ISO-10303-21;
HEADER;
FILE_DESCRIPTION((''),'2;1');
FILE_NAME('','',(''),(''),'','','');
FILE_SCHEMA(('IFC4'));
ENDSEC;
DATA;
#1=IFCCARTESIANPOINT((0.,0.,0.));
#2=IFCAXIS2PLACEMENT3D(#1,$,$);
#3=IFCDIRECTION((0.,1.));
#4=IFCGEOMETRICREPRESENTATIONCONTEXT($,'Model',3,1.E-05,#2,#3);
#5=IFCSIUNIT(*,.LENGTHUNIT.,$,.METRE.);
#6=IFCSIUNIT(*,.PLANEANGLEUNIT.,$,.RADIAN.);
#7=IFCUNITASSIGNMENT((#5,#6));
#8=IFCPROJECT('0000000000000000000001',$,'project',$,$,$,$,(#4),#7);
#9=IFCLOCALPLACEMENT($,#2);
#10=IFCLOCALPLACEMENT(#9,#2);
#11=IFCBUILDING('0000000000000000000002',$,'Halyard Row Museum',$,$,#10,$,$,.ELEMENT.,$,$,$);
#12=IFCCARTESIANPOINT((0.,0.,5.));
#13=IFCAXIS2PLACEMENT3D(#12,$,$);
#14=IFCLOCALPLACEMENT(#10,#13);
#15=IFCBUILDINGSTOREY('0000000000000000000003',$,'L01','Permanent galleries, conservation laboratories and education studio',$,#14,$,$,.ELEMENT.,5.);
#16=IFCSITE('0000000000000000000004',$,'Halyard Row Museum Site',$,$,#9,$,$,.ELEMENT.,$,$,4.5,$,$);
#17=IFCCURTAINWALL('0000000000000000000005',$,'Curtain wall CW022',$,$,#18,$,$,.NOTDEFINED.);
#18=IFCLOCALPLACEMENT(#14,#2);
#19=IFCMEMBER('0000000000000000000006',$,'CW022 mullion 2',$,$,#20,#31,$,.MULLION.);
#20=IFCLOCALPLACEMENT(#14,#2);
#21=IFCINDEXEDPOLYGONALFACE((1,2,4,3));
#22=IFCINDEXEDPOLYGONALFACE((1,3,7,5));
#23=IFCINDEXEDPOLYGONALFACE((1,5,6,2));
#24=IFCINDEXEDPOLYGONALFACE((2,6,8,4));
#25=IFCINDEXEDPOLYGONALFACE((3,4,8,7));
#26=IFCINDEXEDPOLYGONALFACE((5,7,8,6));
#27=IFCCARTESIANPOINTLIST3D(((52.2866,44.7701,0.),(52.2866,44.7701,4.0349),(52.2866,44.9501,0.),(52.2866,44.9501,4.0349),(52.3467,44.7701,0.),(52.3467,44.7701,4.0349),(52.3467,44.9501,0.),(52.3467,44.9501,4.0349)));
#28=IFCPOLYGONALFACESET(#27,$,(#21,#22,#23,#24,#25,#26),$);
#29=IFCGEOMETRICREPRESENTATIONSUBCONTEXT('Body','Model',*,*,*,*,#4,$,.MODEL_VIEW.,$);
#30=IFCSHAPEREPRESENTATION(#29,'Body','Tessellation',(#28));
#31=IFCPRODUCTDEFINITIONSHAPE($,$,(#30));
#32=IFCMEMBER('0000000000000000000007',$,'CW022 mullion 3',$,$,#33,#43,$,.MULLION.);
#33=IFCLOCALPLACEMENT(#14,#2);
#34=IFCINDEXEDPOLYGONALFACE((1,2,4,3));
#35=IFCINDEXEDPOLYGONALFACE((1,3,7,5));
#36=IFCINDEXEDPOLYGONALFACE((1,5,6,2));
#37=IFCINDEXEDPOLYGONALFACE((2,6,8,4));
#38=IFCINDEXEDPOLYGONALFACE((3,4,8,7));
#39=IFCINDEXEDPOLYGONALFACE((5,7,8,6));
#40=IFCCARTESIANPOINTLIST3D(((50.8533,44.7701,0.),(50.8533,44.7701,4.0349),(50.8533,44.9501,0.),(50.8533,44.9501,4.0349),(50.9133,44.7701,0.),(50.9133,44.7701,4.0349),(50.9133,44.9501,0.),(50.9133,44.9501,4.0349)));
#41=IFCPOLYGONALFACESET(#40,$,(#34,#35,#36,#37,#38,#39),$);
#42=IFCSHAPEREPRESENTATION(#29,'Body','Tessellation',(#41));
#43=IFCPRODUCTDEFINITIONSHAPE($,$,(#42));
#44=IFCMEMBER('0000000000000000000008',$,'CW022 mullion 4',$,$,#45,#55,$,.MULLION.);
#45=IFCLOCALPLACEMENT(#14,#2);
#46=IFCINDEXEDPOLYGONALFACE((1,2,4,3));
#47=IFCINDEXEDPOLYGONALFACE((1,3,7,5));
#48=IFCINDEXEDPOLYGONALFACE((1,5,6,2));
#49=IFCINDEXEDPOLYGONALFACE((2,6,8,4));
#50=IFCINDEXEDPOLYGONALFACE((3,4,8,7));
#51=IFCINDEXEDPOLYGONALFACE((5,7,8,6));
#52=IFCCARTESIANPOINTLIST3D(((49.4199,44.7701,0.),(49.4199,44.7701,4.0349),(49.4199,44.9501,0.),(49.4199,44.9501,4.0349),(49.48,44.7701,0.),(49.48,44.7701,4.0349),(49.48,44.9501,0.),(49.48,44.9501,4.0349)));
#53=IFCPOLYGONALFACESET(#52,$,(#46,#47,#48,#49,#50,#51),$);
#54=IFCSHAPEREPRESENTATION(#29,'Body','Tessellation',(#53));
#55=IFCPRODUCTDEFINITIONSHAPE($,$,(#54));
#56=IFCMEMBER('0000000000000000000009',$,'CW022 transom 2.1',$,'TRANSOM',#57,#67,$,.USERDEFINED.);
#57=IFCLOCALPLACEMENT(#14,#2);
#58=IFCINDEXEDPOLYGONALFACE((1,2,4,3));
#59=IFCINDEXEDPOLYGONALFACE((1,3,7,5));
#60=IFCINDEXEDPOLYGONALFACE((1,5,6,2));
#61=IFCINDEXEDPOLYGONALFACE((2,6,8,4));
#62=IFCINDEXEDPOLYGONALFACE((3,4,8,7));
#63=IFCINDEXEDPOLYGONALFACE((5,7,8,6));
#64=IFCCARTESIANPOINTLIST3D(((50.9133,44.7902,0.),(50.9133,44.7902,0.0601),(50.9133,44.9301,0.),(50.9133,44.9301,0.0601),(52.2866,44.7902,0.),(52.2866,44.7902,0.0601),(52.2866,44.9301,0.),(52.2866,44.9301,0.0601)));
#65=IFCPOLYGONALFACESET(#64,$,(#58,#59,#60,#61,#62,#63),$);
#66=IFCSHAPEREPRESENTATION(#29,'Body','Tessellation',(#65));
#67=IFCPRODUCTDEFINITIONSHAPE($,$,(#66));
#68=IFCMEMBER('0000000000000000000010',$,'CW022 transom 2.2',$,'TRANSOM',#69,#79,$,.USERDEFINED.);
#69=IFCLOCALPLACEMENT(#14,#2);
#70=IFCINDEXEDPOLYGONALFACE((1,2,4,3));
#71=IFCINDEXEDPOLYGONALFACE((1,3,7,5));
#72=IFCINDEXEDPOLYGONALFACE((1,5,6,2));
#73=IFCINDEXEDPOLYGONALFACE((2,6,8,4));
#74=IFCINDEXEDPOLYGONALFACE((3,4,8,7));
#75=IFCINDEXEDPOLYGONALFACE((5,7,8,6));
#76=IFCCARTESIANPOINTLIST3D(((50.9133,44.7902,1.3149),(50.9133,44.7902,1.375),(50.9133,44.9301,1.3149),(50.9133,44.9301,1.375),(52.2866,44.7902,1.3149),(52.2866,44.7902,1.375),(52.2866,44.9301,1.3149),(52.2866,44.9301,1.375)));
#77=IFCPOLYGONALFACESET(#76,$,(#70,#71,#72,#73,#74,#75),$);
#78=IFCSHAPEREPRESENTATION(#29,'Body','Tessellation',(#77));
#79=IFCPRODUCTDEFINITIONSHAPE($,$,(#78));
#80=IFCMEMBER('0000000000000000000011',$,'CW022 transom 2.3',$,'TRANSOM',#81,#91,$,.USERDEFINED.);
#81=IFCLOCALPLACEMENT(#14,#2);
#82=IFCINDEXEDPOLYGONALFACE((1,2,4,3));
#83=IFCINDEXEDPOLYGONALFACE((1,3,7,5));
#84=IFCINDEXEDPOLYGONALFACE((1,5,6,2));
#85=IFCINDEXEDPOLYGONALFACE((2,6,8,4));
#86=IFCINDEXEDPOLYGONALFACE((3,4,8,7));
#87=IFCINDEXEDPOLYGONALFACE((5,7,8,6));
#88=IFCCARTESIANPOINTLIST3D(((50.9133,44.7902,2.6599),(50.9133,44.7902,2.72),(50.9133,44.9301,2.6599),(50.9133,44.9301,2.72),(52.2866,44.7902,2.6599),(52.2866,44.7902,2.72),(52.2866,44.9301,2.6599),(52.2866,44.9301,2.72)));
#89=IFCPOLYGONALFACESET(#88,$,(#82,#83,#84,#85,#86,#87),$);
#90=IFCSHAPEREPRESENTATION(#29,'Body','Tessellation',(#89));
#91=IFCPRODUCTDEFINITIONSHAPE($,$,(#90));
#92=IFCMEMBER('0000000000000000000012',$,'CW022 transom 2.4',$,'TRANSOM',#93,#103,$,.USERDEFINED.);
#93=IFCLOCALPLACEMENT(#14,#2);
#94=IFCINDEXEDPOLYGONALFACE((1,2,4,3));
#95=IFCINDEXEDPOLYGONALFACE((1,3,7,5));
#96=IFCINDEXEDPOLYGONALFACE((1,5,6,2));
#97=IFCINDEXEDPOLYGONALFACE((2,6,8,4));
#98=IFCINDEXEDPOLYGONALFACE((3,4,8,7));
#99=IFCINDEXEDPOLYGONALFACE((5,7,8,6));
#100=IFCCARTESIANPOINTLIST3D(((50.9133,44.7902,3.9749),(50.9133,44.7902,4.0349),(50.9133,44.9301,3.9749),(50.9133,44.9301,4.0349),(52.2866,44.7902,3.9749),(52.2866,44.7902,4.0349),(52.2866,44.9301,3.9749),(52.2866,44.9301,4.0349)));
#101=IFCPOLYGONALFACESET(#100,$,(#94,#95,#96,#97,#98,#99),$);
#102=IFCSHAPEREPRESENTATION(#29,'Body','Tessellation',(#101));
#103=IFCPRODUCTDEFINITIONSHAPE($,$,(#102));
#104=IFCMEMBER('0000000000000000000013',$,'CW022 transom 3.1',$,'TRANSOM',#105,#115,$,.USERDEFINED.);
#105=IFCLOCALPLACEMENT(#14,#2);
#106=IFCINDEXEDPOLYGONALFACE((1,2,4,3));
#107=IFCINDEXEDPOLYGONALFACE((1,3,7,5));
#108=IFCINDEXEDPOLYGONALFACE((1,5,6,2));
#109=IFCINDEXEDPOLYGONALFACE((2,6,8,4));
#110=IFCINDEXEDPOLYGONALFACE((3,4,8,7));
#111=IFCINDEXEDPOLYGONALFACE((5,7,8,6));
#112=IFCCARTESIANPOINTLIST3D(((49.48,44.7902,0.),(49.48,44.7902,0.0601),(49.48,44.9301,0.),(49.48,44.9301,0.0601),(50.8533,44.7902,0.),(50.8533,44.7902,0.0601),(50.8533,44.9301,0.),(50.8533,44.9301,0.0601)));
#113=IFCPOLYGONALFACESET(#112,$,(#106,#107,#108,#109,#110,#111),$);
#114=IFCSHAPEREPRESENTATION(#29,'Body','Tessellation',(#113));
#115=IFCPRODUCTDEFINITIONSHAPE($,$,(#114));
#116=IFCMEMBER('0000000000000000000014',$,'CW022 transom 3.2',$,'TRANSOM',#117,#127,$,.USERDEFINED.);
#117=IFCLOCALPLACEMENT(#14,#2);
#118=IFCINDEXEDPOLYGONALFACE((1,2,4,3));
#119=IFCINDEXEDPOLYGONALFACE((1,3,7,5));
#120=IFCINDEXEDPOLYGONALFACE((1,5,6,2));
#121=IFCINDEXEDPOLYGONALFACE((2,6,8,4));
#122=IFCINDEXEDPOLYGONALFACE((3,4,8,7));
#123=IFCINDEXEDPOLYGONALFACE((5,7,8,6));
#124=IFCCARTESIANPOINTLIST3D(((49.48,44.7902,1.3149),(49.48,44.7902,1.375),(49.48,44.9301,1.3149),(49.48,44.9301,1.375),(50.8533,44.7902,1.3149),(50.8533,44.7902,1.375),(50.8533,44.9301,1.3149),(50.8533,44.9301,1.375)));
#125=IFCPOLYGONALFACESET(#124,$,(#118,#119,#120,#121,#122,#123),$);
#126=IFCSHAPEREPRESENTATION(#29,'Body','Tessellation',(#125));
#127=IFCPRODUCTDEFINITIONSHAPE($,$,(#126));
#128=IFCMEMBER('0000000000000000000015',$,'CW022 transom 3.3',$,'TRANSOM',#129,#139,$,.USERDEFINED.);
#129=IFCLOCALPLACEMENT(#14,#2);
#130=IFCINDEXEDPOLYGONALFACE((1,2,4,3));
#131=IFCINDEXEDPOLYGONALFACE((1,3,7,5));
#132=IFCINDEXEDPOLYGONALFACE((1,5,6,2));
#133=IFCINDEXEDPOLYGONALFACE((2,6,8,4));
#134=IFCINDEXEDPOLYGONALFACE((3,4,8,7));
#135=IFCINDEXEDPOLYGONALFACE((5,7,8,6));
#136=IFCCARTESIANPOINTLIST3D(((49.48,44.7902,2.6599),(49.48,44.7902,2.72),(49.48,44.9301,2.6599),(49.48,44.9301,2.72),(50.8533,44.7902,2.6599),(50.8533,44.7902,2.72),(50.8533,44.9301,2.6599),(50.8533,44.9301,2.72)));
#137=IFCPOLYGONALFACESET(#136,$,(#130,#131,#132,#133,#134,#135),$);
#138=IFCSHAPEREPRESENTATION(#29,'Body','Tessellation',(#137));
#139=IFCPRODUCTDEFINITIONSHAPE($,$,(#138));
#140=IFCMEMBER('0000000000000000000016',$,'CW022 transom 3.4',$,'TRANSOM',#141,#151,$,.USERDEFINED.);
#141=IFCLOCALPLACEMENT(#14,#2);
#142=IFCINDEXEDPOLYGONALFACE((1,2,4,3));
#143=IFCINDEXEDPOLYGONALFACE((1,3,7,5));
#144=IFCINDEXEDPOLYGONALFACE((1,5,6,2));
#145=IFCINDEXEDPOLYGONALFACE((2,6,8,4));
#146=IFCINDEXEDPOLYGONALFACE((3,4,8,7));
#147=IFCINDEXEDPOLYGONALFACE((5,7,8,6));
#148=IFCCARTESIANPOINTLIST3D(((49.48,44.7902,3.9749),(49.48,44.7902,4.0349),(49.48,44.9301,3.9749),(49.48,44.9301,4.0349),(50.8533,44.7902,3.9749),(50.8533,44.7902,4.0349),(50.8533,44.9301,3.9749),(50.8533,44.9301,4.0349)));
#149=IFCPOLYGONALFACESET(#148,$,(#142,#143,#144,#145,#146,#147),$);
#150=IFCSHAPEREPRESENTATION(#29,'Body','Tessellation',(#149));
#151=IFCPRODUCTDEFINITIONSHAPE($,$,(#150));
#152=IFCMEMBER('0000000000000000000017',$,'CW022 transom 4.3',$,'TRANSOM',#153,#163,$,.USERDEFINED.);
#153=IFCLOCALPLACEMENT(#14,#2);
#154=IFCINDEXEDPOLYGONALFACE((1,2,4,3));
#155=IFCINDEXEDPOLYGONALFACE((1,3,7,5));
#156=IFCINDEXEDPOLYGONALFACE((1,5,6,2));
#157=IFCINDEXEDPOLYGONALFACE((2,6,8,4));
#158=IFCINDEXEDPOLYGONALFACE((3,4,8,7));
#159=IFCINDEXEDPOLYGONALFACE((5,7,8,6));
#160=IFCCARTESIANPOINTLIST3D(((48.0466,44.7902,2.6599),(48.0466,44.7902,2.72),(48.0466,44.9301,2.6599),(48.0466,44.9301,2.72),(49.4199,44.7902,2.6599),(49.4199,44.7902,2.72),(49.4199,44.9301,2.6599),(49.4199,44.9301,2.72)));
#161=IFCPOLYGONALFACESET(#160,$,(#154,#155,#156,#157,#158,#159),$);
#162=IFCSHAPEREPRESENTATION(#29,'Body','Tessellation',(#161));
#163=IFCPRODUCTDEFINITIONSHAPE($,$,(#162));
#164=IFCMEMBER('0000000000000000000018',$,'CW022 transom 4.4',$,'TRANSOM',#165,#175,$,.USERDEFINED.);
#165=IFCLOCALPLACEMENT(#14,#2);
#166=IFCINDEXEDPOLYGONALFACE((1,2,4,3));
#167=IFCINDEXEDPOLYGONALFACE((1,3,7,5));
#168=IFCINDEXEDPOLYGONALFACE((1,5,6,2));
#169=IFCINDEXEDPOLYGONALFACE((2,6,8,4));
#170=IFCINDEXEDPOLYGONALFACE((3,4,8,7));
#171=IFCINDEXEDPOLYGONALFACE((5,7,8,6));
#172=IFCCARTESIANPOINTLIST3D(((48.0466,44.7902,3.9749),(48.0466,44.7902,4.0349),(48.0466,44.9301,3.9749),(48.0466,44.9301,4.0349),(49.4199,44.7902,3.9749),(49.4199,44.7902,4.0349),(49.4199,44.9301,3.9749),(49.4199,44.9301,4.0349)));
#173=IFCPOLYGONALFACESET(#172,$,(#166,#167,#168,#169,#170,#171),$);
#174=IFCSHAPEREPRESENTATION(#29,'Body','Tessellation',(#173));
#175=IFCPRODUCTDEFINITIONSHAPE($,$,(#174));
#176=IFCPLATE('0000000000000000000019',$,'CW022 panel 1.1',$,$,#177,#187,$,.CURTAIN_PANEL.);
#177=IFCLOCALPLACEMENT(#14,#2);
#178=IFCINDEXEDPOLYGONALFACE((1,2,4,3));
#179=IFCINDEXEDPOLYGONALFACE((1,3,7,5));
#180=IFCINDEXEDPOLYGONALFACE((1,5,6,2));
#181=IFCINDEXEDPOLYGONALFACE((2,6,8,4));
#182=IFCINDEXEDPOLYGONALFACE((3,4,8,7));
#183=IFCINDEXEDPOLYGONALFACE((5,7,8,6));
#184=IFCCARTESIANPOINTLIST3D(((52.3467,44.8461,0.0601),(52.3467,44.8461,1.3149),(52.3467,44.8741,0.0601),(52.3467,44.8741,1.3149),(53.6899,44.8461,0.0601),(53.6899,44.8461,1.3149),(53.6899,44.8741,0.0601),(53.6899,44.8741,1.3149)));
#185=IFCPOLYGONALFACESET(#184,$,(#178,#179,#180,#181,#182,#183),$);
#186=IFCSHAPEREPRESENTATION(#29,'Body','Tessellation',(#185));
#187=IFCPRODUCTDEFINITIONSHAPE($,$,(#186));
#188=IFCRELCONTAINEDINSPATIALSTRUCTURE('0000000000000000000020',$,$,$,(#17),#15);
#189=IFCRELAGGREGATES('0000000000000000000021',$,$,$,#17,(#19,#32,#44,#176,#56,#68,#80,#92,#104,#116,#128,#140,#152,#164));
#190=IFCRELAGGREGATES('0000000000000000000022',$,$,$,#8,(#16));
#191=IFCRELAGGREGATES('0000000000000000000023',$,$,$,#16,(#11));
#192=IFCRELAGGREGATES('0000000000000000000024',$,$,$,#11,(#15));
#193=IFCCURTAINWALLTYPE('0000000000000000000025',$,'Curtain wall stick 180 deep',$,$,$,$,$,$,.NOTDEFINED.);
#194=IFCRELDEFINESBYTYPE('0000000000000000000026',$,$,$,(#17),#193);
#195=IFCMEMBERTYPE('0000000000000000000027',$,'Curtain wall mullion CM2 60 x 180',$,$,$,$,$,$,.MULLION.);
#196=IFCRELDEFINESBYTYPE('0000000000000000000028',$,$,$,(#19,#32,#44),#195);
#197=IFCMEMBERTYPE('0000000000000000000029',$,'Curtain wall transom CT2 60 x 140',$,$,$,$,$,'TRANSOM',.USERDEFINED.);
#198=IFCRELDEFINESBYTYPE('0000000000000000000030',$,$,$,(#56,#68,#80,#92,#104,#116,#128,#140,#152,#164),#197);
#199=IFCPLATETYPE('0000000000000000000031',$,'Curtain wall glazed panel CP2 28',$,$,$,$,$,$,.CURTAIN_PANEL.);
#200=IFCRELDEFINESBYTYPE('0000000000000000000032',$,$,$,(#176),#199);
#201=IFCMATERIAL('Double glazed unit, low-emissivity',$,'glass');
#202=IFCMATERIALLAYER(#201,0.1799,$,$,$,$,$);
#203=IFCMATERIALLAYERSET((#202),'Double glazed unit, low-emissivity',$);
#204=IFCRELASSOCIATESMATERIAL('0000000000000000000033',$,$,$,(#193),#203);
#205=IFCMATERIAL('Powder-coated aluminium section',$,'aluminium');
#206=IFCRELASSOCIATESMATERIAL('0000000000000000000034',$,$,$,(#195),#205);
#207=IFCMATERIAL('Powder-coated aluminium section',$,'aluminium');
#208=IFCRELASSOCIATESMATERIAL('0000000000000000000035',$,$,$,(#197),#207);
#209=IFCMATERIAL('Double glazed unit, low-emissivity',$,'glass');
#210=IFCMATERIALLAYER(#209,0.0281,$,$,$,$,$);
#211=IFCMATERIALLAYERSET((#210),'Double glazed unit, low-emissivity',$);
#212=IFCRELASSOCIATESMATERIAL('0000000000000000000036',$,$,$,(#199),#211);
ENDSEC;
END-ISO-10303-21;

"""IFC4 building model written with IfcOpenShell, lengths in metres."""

from ifc_helpers import new_model, si_unit, direction, frame, origin, origin_2d, place, context, subcontext, project, spatial, rectangle, extrude, material, layer, layer_set, material_profile, profile_set, type_object, element, aggregate, save


model = new_model("IFC4")

# Units and contexts
model_context = context("Model", 3, precision=1e-05, world=origin(), true_north=direction((0.0, 1.0)))
body_context = subcontext(model_context, "Body", "Model", "MODEL_VIEW")
ifc_project = project(units=[si_unit("LENGTHUNIT", "METRE"), si_unit("PLANEANGLEUNIT", "RADIAN")], contexts=[model_context])

# Site, building, storey
site_placement = place(None, origin())
site = spatial("IfcSite", under=ifc_project, at=site_placement, Name="Halyard Row Museum Site", CompositionType="ELEMENT", RefElevation=4.5)
building_placement = place(site_placement, origin())
building = spatial("IfcBuilding", under=site, at=building_placement, Name="Halyard Row Museum", CompositionType="ELEMENT")
storey_placement = place(building_placement, frame((0.0, 0.0, 5.0)))
storey = spatial("IfcBuildingStorey", under=building, at=storey_placement, Name="L01", Description="Permanent galleries, conservation laboratories and education studio", CompositionType="ELEMENT", Elevation=5.0)

# Curtain wall, members, plate
ifc_material_1 = material(Name="Double glazed unit, low-emissivity", Category="glass")
ifc_layer_1 = layer(ifc_material_1, 0.1799)
ifc_layer_set_1 = layer_set([ifc_layer_1], Name="Double glazed unit, low-emissivity")
curtain_wall_type = type_object("IfcCurtainWallType", Name="Curtain wall stick 180 deep", PredefinedType="NOTDEFINED", material=ifc_layer_set_1)
curtain_wall_placement = place(storey_placement, origin())
curtain_wall = element("IfcCurtainWall", 1, at=curtain_wall_placement, inside=storey, type_object=curtain_wall_type, Name="Curtain wall CW022", PredefinedType="NOTDEFINED")
ifc_material_2 = material(Name="Powder-coated aluminium section", Category="aluminium")
ifc_material_profile_1 = material_profile(ifc_material_2, rectangle(XDim=0.1799, YDim=0.0601, at=origin_2d()), Name="180x60 mullion")
ifc_profile_set_1 = profile_set([ifc_material_profile_1], Name="Powder-coated aluminium section")
member_type_1 = type_object("IfcMemberType", Name="Curtain wall mullion CM2 60 x 180", PredefinedType="MULLION", material=ifc_profile_set_1)
member_1_placement = place(storey_placement, frame((52.3167, 44.8601, 0.0), z_axis=(0.0, 0.0, 1.0), x_axis=(0.0, -1.0, 0.0)))
member_1 = element("IfcMember", 2, at=member_1_placement, type_object=member_type_1, Name="CW022 mullion 2", PredefinedType="MULLION", context=body_context, shape_type="SweptSolid", body=[
    extrude(rectangle(XDim=0.1799, YDim=0.0601, at=origin_2d()), origin(), (0.0, 0.0, 1.0), 4.0349),
])
member_2_placement = place(storey_placement, frame((50.8833, 44.8601, 0.0), z_axis=(0.0, 0.0, 1.0), x_axis=(0.0, -1.0, 0.0)))
member_2 = element("IfcMember", 3, at=member_2_placement, type_object=member_type_1, Name="CW022 mullion 3", PredefinedType="MULLION", context=body_context, shape_type="SweptSolid", body=[
    extrude(rectangle(XDim=0.1799, YDim=0.0601, at=origin_2d()), origin(), (0.0, 0.0, 1.0), 4.0349),
])
member_3_placement = place(storey_placement, frame((49.45, 44.8601, 0.0), z_axis=(0.0, 0.0, 1.0), x_axis=(0.0, -1.0, 0.0)))
member_3 = element("IfcMember", 4, at=member_3_placement, type_object=member_type_1, Name="CW022 mullion 4", PredefinedType="MULLION", context=body_context, shape_type="SweptSolid", body=[
    extrude(rectangle(XDim=0.1799, YDim=0.0601, at=origin_2d()), origin(), (0.0, 0.0, 1.0), 4.0349),
])
ifc_material_3 = material(Name="Powder-coated aluminium section", Category="aluminium")
ifc_material_profile_2 = material_profile(ifc_material_3, rectangle(XDim=0.1399, YDim=0.0601, at=origin_2d()), Name="140x60 transom")
ifc_profile_set_2 = profile_set([ifc_material_profile_2], Name="Powder-coated aluminium section")
member_type_2 = type_object("IfcMemberType", Name="Curtain wall transom CT2 60 x 140", ElementType="TRANSOM", PredefinedType="USERDEFINED", material=ifc_profile_set_2)
member_4_placement = place(storey_placement, frame((52.2866, 44.8601, 0.03), z_axis=(-1.0, 0.0, 0.0), x_axis=(0.0, -1.0, 0.0)))
member_4 = element("IfcMember", 5, at=member_4_placement, type_object=member_type_2, Name="CW022 transom 2.1", ObjectType="TRANSOM", PredefinedType="USERDEFINED", context=body_context, shape_type="SweptSolid", body=[
    extrude(rectangle(XDim=0.1399, YDim=0.0601, at=origin_2d()), origin(), (0.0, 0.0, 1.0), 1.3733),
])
member_5_placement = place(storey_placement, frame((52.2866, 44.8601, 1.345), z_axis=(-1.0, 0.0, 0.0), x_axis=(0.0, -1.0, 0.0)))
member_5 = element("IfcMember", 6, at=member_5_placement, type_object=member_type_2, Name="CW022 transom 2.2", ObjectType="TRANSOM", PredefinedType="USERDEFINED", context=body_context, shape_type="SweptSolid", body=[
    extrude(rectangle(XDim=0.1399, YDim=0.0601, at=origin_2d()), origin(), (0.0, 0.0, 1.0), 1.3733),
])
member_6_placement = place(storey_placement, frame((52.2866, 44.8601, 2.6899), z_axis=(-1.0, 0.0, 0.0), x_axis=(0.0, -1.0, 0.0)))
member_6 = element("IfcMember", 7, at=member_6_placement, type_object=member_type_2, Name="CW022 transom 2.3", ObjectType="TRANSOM", PredefinedType="USERDEFINED", context=body_context, shape_type="SweptSolid", body=[
    extrude(rectangle(XDim=0.1399, YDim=0.0601, at=origin_2d()), origin(), (0.0, 0.0, 1.0), 1.3733),
])
member_7_placement = place(storey_placement, frame((52.2866, 44.8601, 4.0049), z_axis=(-1.0, 0.0, 0.0), x_axis=(0.0, -1.0, 0.0)))
member_7 = element("IfcMember", 8, at=member_7_placement, type_object=member_type_2, Name="CW022 transom 2.4", ObjectType="TRANSOM", PredefinedType="USERDEFINED", context=body_context, shape_type="SweptSolid", body=[
    extrude(rectangle(XDim=0.1399, YDim=0.0601, at=origin_2d()), origin(), (0.0, 0.0, 1.0), 1.3733),
])
member_8_placement = place(storey_placement, frame((50.8533, 44.8601, 0.03), z_axis=(-1.0, 0.0, 0.0), x_axis=(0.0, -1.0, 0.0)))
member_8 = element("IfcMember", 9, at=member_8_placement, type_object=member_type_2, Name="CW022 transom 3.1", ObjectType="TRANSOM", PredefinedType="USERDEFINED", context=body_context, shape_type="SweptSolid", body=[
    extrude(rectangle(XDim=0.1399, YDim=0.0601, at=origin_2d()), origin(), (0.0, 0.0, 1.0), 1.3733),
])
member_9_placement = place(storey_placement, frame((50.8533, 44.8601, 1.345), z_axis=(-1.0, 0.0, 0.0), x_axis=(0.0, -1.0, 0.0)))
member_9 = element("IfcMember", 10, at=member_9_placement, type_object=member_type_2, Name="CW022 transom 3.2", ObjectType="TRANSOM", PredefinedType="USERDEFINED", context=body_context, shape_type="SweptSolid", body=[
    extrude(rectangle(XDim=0.1399, YDim=0.0601, at=origin_2d()), origin(), (0.0, 0.0, 1.0), 1.3733),
])
member_10_placement = place(storey_placement, frame((50.8533, 44.8601, 2.6899), z_axis=(-1.0, 0.0, 0.0), x_axis=(0.0, -1.0, 0.0)))
member_10 = element("IfcMember", 11, at=member_10_placement, type_object=member_type_2, Name="CW022 transom 3.3", ObjectType="TRANSOM", PredefinedType="USERDEFINED", context=body_context, shape_type="SweptSolid", body=[
    extrude(rectangle(XDim=0.1399, YDim=0.0601, at=origin_2d()), origin(), (0.0, 0.0, 1.0), 1.3733),
])
member_11_placement = place(storey_placement, frame((50.8533, 44.8601, 4.0049), z_axis=(-1.0, 0.0, 0.0), x_axis=(0.0, -1.0, 0.0)))
member_11 = element("IfcMember", 12, at=member_11_placement, type_object=member_type_2, Name="CW022 transom 3.4", ObjectType="TRANSOM", PredefinedType="USERDEFINED", context=body_context, shape_type="SweptSolid", body=[
    extrude(rectangle(XDim=0.1399, YDim=0.0601, at=origin_2d()), origin(), (0.0, 0.0, 1.0), 1.3733),
])
member_12_placement = place(storey_placement, frame((49.4199, 44.8601, 2.6899), z_axis=(-1.0, 0.0, 0.0), x_axis=(0.0, -1.0, 0.0)))
member_12 = element("IfcMember", 13, at=member_12_placement, type_object=member_type_2, Name="CW022 transom 4.3", ObjectType="TRANSOM", PredefinedType="USERDEFINED", context=body_context, shape_type="SweptSolid", body=[
    extrude(rectangle(XDim=0.1399, YDim=0.0601, at=origin_2d()), origin(), (0.0, 0.0, 1.0), 1.3733),
])
member_13_placement = place(storey_placement, frame((49.4199, 44.8601, 4.0049), z_axis=(-1.0, 0.0, 0.0), x_axis=(0.0, -1.0, 0.0)))
member_13 = element("IfcMember", 14, at=member_13_placement, type_object=member_type_2, Name="CW022 transom 4.4", ObjectType="TRANSOM", PredefinedType="USERDEFINED", context=body_context, shape_type="SweptSolid", body=[
    extrude(rectangle(XDim=0.1399, YDim=0.0601, at=origin_2d()), origin(), (0.0, 0.0, 1.0), 1.3733),
])
ifc_material_4 = material(Name="Double glazed unit, low-emissivity", Category="glass")
ifc_layer_2 = layer(ifc_material_4, 0.0281)
ifc_layer_set_2 = layer_set([ifc_layer_2], Name="Double glazed unit, low-emissivity")
plate_type = type_object("IfcPlateType", Name="Curtain wall glazed panel CP2 28", PredefinedType="CURTAIN_PANEL", material=ifc_layer_set_2)
plate_1_placement = place(storey_placement, frame((53.0183, 44.8601, 0.0601), z_axis=(0.0, 0.0, 1.0), x_axis=(-1.0, 0.0, 0.0)))
plate_1 = element("IfcPlate", 15, at=plate_1_placement, type_object=plate_type, Name="CW022 panel 1.1", PredefinedType="CURTAIN_PANEL", context=body_context, shape_type="SweptSolid", body=[
    extrude(rectangle(XDim=1.3433, YDim=0.0281, at=origin_2d()), origin(), (0.0, 0.0, 1.0), 1.2549),
])
aggregate(curtain_wall, [member_1, member_2, member_3, plate_1, member_4, member_5, member_6, member_7, member_8, member_9, member_10, member_11, member_12, member_13])

save(model, "model.ifc")
